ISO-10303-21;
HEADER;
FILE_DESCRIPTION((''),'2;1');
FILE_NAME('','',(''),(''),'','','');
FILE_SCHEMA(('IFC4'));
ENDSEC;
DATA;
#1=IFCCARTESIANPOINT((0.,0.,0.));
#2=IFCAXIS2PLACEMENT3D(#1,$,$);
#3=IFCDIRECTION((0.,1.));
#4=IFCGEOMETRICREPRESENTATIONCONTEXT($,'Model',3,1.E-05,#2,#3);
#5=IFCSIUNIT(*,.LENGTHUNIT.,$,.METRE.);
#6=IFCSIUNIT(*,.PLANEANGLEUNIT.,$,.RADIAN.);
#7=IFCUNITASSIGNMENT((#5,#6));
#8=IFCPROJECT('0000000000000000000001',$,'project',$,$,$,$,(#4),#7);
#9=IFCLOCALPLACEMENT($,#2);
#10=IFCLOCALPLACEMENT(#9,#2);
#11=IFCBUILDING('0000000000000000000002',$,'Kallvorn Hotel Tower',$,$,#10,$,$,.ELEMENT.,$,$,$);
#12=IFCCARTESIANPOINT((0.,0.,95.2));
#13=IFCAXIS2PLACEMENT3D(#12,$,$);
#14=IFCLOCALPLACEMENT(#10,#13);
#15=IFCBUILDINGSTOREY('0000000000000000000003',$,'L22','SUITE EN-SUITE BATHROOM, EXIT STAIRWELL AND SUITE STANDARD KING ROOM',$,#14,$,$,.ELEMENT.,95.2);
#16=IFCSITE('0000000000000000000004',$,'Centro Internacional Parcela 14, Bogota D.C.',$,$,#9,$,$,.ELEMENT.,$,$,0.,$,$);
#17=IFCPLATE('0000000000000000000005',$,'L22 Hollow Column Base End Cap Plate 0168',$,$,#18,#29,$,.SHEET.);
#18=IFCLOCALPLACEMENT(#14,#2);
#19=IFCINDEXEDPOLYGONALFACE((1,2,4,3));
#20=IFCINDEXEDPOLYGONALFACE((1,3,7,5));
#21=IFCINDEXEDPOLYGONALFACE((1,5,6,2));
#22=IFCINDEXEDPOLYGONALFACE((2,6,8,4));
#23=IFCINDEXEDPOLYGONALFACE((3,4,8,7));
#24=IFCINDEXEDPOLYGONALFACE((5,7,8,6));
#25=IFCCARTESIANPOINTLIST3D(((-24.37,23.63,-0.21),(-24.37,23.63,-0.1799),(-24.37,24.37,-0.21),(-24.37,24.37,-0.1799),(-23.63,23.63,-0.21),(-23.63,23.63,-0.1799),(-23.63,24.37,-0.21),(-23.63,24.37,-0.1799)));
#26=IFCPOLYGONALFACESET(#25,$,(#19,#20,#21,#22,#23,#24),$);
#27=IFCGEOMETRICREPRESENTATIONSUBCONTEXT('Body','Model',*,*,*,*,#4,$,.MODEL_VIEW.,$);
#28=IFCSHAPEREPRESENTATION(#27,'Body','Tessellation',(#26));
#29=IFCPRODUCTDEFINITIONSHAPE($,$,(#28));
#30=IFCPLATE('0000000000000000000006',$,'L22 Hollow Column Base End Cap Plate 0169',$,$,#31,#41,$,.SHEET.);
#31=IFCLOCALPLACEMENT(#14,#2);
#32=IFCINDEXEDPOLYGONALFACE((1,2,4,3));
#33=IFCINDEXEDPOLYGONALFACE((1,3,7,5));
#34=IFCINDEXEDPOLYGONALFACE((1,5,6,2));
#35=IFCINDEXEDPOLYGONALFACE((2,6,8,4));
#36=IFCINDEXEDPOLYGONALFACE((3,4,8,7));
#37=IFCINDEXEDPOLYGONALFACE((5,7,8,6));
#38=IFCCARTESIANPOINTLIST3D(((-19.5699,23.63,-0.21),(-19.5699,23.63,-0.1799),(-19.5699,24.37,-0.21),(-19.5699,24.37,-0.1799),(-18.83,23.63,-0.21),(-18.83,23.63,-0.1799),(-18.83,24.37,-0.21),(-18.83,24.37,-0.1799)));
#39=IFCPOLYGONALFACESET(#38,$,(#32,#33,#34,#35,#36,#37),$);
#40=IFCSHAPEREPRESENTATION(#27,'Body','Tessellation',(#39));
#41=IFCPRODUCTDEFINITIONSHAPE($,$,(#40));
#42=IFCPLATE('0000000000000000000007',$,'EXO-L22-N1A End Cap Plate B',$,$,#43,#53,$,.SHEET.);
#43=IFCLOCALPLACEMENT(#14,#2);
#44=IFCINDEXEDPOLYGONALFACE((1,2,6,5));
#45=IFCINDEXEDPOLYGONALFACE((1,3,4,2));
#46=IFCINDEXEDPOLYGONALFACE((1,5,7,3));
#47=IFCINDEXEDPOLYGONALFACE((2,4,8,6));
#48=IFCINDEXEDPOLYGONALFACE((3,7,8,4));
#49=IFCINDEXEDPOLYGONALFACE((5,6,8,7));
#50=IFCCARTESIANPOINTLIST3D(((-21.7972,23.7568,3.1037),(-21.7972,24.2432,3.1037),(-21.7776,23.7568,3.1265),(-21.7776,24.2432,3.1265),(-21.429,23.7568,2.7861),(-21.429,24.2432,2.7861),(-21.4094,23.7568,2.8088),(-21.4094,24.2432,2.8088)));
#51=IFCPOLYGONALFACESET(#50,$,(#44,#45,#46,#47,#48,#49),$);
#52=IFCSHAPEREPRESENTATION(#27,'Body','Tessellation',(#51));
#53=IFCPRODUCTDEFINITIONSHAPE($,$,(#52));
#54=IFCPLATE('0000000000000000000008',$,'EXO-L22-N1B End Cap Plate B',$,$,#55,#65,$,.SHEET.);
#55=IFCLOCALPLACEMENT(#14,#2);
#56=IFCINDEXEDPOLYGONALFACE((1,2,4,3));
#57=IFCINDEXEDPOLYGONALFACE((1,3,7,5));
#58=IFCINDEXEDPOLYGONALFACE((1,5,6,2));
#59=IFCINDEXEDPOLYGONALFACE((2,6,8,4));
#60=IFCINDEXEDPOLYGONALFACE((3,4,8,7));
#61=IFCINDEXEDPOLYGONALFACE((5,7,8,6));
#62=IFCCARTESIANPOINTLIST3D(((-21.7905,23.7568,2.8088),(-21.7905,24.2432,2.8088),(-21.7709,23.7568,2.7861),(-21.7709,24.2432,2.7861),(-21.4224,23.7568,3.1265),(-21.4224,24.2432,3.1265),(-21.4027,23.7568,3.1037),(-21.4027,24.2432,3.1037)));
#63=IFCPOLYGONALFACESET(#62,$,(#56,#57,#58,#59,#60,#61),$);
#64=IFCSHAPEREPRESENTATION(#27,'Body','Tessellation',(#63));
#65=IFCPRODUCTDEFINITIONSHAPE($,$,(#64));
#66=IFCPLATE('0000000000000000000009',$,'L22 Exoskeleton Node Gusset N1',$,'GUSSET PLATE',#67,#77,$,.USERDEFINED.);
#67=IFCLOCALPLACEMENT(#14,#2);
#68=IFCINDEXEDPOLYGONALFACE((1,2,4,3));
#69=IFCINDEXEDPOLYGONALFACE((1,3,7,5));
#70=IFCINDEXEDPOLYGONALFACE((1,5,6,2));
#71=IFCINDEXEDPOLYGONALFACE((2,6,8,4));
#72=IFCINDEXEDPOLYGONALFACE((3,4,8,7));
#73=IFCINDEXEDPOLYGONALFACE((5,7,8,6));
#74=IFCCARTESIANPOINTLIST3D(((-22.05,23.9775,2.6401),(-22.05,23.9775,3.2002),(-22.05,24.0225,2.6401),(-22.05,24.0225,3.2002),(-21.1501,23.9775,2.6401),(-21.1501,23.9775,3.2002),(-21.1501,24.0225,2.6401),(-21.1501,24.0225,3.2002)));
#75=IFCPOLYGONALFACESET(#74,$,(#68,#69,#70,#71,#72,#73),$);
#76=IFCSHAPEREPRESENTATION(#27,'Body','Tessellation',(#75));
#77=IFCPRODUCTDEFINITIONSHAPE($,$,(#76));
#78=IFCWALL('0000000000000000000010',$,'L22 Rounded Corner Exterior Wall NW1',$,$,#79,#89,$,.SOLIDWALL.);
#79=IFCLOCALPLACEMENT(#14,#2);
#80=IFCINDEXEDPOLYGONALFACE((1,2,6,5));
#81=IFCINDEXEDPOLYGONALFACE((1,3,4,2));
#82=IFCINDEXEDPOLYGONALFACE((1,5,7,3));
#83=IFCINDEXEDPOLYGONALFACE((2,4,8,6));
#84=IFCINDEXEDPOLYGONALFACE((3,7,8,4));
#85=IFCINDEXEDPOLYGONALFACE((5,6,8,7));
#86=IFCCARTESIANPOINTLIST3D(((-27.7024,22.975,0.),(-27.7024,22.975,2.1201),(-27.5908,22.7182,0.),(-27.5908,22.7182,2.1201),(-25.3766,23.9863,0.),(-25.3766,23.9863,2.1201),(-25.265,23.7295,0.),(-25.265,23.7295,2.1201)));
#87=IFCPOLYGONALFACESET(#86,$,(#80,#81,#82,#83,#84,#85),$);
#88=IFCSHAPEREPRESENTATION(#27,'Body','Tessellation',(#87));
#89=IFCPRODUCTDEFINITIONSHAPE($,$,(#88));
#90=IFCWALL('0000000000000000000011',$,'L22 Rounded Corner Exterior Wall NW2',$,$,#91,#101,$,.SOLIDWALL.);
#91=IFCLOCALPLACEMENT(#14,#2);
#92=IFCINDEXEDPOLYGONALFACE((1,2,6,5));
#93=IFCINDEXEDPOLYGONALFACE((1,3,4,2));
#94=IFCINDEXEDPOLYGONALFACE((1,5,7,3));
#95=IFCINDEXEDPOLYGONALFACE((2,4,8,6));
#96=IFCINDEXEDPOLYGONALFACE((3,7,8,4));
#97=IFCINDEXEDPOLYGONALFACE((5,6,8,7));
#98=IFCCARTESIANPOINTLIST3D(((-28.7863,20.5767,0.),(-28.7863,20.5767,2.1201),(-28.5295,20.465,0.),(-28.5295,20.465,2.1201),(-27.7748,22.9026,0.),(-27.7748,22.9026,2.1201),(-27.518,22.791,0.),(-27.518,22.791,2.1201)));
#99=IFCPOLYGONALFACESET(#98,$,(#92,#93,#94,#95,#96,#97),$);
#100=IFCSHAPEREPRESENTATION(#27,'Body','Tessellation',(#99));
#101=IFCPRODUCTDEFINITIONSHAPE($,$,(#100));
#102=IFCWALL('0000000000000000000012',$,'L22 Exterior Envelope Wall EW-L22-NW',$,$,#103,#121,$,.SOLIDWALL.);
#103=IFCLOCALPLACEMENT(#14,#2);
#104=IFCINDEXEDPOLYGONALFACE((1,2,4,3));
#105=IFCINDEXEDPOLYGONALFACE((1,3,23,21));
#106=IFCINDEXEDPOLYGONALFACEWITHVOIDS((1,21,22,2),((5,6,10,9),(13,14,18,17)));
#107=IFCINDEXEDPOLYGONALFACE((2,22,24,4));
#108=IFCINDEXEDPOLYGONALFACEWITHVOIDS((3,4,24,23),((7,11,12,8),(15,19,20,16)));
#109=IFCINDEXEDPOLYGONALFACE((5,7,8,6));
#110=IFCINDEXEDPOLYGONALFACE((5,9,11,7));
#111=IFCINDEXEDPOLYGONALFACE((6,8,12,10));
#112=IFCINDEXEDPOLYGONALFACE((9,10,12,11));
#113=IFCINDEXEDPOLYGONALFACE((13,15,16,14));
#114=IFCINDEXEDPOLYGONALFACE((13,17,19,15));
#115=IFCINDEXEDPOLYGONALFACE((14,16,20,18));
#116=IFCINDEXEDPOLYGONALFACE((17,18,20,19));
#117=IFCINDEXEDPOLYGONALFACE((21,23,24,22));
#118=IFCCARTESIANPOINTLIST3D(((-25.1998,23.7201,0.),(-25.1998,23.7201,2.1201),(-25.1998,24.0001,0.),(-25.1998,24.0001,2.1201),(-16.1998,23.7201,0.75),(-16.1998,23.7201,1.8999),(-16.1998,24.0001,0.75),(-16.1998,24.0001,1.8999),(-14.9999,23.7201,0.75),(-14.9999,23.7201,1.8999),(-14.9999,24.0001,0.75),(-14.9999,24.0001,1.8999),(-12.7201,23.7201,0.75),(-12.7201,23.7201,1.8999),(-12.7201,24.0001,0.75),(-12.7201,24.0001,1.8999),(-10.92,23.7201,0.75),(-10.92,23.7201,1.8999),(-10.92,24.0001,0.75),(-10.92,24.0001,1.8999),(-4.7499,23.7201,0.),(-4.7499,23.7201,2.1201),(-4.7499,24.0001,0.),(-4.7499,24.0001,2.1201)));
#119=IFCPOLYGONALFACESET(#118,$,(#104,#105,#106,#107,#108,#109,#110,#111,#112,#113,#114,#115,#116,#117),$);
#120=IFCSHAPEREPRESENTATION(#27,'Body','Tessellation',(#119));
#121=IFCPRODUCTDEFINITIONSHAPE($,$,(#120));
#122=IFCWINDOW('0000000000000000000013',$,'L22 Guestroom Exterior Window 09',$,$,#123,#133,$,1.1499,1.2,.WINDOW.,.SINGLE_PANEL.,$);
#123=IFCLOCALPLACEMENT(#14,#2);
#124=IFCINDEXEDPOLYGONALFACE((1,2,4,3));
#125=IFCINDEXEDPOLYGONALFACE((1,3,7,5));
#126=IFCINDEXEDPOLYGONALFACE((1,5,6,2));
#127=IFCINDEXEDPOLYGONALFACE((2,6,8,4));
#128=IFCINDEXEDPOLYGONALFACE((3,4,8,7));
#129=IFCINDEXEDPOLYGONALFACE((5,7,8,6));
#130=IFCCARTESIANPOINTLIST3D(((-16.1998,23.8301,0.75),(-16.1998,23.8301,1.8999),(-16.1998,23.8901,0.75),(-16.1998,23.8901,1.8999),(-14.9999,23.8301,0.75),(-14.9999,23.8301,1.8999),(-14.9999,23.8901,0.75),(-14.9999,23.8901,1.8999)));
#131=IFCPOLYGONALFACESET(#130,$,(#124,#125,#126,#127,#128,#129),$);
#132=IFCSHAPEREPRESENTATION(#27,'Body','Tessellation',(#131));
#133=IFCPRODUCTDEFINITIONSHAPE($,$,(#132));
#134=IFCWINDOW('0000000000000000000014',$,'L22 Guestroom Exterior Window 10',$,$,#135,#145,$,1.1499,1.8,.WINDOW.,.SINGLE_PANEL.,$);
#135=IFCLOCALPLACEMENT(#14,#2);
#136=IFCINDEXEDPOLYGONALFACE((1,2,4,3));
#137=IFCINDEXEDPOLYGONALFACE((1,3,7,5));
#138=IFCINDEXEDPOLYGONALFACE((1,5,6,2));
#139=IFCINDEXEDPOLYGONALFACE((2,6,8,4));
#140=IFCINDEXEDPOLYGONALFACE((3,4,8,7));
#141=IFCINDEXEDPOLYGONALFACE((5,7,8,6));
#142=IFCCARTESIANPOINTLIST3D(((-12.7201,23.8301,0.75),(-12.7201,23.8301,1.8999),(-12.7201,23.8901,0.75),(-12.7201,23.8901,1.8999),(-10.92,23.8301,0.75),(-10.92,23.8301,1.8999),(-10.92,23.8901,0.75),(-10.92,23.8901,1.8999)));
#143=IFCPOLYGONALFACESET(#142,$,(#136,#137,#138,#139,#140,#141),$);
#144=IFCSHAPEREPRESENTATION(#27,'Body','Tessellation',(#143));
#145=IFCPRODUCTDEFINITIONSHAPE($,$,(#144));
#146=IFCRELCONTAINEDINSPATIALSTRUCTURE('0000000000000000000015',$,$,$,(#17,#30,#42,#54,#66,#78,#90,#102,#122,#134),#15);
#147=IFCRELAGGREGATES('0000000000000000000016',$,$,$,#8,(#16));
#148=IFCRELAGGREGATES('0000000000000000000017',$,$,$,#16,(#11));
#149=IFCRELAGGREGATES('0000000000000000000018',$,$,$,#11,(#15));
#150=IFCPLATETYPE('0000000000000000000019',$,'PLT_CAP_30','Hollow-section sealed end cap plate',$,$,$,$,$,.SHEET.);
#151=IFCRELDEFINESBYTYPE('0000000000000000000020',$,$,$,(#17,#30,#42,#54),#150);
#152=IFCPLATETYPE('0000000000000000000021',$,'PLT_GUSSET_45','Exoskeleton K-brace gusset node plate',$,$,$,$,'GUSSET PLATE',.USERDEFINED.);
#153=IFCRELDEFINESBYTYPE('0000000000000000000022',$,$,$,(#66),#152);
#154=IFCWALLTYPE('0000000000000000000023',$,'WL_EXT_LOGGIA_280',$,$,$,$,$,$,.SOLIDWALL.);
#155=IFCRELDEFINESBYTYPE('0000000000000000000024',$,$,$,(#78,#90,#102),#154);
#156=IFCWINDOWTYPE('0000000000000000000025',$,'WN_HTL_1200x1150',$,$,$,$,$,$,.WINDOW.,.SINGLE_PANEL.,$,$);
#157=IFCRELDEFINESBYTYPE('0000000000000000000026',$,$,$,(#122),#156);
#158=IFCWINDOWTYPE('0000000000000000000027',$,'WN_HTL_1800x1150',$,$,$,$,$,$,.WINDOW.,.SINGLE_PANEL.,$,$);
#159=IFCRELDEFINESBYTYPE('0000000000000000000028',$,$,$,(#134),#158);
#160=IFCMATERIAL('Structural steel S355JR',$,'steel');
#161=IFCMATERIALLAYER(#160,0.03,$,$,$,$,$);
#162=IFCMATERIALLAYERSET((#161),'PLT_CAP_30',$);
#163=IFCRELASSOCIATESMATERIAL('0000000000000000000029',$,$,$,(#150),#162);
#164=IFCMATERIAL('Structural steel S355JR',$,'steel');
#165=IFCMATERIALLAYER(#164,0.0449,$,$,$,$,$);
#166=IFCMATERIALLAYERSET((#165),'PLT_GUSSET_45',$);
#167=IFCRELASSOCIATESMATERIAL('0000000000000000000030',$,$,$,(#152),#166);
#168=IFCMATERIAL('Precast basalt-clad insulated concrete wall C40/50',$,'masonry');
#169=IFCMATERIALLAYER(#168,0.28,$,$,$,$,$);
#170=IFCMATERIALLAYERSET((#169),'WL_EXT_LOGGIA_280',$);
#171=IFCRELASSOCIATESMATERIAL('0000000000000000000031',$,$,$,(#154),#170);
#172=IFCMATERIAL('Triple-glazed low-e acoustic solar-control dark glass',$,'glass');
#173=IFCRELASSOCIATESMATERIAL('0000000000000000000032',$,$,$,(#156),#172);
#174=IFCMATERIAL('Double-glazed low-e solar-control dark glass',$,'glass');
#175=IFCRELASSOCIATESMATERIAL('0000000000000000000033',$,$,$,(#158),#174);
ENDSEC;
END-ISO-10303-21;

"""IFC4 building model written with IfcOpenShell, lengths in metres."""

from ifc_helpers import new_model, si_unit, direction, frame, frame_2d, origin, origin_2d, place, context, subcontext, project, spatial, polyline, rectangle, outline, extrude, material, layer, layer_set, type_object, element, fill, save


model = new_model("IFC4")

# Units and contexts
model_context = context("Model", 3, precision=1e-05, world=origin(), true_north=direction((0.0, 1.0)))
body_context = subcontext(model_context, "Body", "Model", "MODEL_VIEW")
ifc_project = project(units=[si_unit("LENGTHUNIT", "METRE"), si_unit("PLANEANGLEUNIT", "RADIAN")], contexts=[model_context])

# Site, building, storey
site_placement = place(None, origin())
site = spatial("IfcSite", under=ifc_project, at=site_placement, Name="Centro Internacional Parcela 14, Bogota D.C.", CompositionType="ELEMENT", RefElevation=0.0)
building_placement = place(site_placement, origin())
building = spatial("IfcBuilding", under=site, at=building_placement, Name="Kallvorn Hotel Tower", CompositionType="ELEMENT")
storey_placement = place(building_placement, frame((0.0, 0.0, 95.2)))
storey = spatial("IfcBuildingStorey", under=building, at=storey_placement, Name="L22", Description="SUITE EN-SUITE BATHROOM, EXIT STAIRWELL AND SUITE STANDARD KING ROOM", CompositionType="ELEMENT", Elevation=95.2)

# Plates
ifc_material_1 = material(Name="Structural steel S355JR", Category="steel")
ifc_layer_1 = layer(ifc_material_1, 0.03)
ifc_layer_set_1 = layer_set([ifc_layer_1], Name="PLT_CAP_30")
plate_type_1 = type_object("IfcPlateType", Name="PLT_CAP_30", Description="Hollow-section sealed end cap plate", PredefinedType="SHEET", material=ifc_layer_set_1)
for number, where, z_axis, x_axis, name in (
    (1, (-24.0, 24.0, -0.21), (0.0, 0.0, 1.0), (1.0, 0.0, 0.0), "L22 Hollow Column Base End Cap Plate 0168"),
    (2, (-19.2, 24.0, -0.21), (0.0, 0.0, 1.0), (1.0, 0.0, 0.0), "L22 Hollow Column Base End Cap Plate 0169"),
):
    element("IfcPlate", number, at=place(storey_placement, frame(where, z_axis=z_axis, x_axis=x_axis)), inside=storey, type_object=plate_type_1, Name=name, PredefinedType="SHEET", context=body_context, shape_type="SweptSolid", body=[
        extrude(rectangle(XDim=0.74, YDim=0.74, at=origin_2d()), origin(), (0.0, 0.0, 1.0), 0.03),
    ])
for number, where, z_axis, x_axis, name in (
    (3, (-21.4094, 23.7568, 2.8088), (0.653228, 0.0, 0.757162), (0.0, 1.0, 0.0), "EXO-L22-N1A End Cap Plate B"),
    (4, (-21.7905, 24.2432, 2.8088), (-0.653228, 0.0, 0.757162), (0.0, -1.0, 0.0), "EXO-L22-N1B End Cap Plate B"),
):
    element("IfcPlate", number, at=place(storey_placement, frame(where, z_axis=z_axis, x_axis=x_axis)), inside=storey, type_object=plate_type_1, Name=name, PredefinedType="SHEET", context=body_context, shape_type="SweptSolid", body=[
        extrude(outline(polyline([(0.0, 0.0), (0.4863, 0.0), (0.4863, 0.4862), (0.0, 0.4862), (0.0, 0.0)])), origin(), (0.0, 0.0, -1.0), 0.03),
    ])
ifc_material_2 = material(Name="Structural steel S355JR", Category="steel")
ifc_layer_2 = layer(ifc_material_2, 0.0449)
ifc_layer_set_2 = layer_set([ifc_layer_2], Name="PLT_GUSSET_45")
plate_type_2 = type_object("IfcPlateType", Name="PLT_GUSSET_45", Description="Exoskeleton K-brace gusset node plate", ElementType="GUSSET PLATE", PredefinedType="USERDEFINED", material=ifc_layer_set_2)
plate_1_placement = place(storey_placement, frame((-21.6001, 24.0, 2.6401), z_axis=(0.0, 0.0, 1.0), x_axis=(1.0, 0.0, 0.0)))
element("IfcPlate", 5, at=plate_1_placement, inside=storey, type_object=plate_type_2, Name="L22 Exoskeleton Node Gusset N1", ObjectType="GUSSET PLATE", PredefinedType="USERDEFINED", context=body_context, shape_type="SweptSolid", body=[
    extrude(rectangle(XDim=0.8999, YDim=0.0449, at=origin_2d()), origin(), (0.0, 0.0, 1.0), 0.5601),
])

# Walls
ifc_material_3 = material(Name="Precast basalt-clad insulated concrete wall C40/50", Category="masonry")
ifc_layer_3 = layer(ifc_material_3, 0.28)
ifc_layer_set_3 = layer_set([ifc_layer_3], Name="WL_EXT_LOGGIA_280")
wall_type = type_object("IfcWallType", Name="WL_EXT_LOGGIA_280", PredefinedType="SOLIDWALL", material=ifc_layer_set_3)
wall_1_placement = place(storey_placement, frame((-25.3208, 23.8579, 0.0), z_axis=(0.0, 0.0, 1.0), x_axis=(-0.917061, -0.398747, 0.0)))
element("IfcWall", 6, at=wall_1_placement, inside=storey, type_object=wall_type, Name="L22 Rounded Corner Exterior Wall NW1", PredefinedType="SOLIDWALL", context=body_context, shape_type="SweptSolid", body=[
    extrude(rectangle(XDim=2.5361, YDim=0.28, at=frame_2d((1.2681, 0.0))), origin(), (0.0, 0.0, 1.0), 2.1201),
])
wall_2_placement = place(storey_placement, frame((-27.6465, 22.8467, 0.0), z_axis=(0.0, 0.0, 1.0), x_axis=(-0.398793, -0.917041, 0.0)))
element("IfcWall", 7, at=wall_2_placement, inside=storey, type_object=wall_type, Name="L22 Rounded Corner Exterior Wall NW2", PredefinedType="SOLIDWALL", context=body_context, shape_type="SweptSolid", body=[
    extrude(rectangle(XDim=2.5364, YDim=0.28, at=frame_2d((1.2681, 0.0))), origin(), (0.0, 0.0, 1.0), 2.1201),
])

# Wall, openings, windows
wall_3_placement = place(storey_placement, frame((-25.2, 23.8601, 0.0), z_axis=(0.0, 0.0, 1.0), x_axis=(1.0, 0.0, 0.0)))
wall_3 = element("IfcWall", 8, at=wall_3_placement, inside=storey, type_object=wall_type, Name="L22 Exterior Envelope Wall EW-L22-NW", PredefinedType="SOLIDWALL", context=body_context, shape_type="SweptSolid", body=[
    extrude(rectangle(XDim=20.45, YDim=0.28, at=frame_2d((10.2251, 0.0))), origin(), (0.0, 0.0, 1.0), 2.1201),
])
opening_1_placement = place(wall_3_placement, frame((9.0, 0.0, 0.75)))
opening_1 = element("IfcOpeningElement", 9, at=opening_1_placement, cuts=wall_3, PredefinedType="OPENING", context=body_context, shape_type="SweptSolid", body=[
    extrude(rectangle(XDim=1.2, YDim=1.1499, at=frame_2d((0.6001, 0.575))), frame((0.0, 0.155, 0.0), z_axis=(0.0, -1.0, 0.0), x_axis=(1.0, 0.0, 0.0)), (0.0, 0.0, 1.0), 0.3101),
])
opening_2_placement = place(wall_3_placement, frame((12.48, 0.0, 0.75)))
opening_2 = element("IfcOpeningElement", 10, at=opening_2_placement, cuts=wall_3, PredefinedType="OPENING", context=body_context, shape_type="SweptSolid", body=[
    extrude(rectangle(XDim=1.8, YDim=1.1499, at=frame_2d((0.8999, 0.575))), frame((0.0, 0.155, 0.0), z_axis=(0.0, -1.0, 0.0), x_axis=(1.0, 0.0, 0.0)), (0.0, 0.0, 1.0), 0.3101),
])
ifc_material_4 = material(Name="Triple-glazed low-e acoustic solar-control dark glass", Category="glass")
window_type_1 = type_object("IfcWindowType", Name="WN_HTL_1200x1150", PartitioningType="SINGLE_PANEL", PredefinedType="WINDOW", material=ifc_material_4)
window_1_placement = place(opening_1_placement, origin())
window_1 = element("IfcWindow", 11, at=window_1_placement, inside=storey, type_object=window_type_1, Name="L22 Guestroom Exterior Window 09", OverallHeight=1.1499, OverallWidth=1.2, PartitioningType="SINGLE_PANEL", PredefinedType="WINDOW", context=body_context, shape_type="SweptSolid", body=[
    extrude(rectangle(XDim=1.2, YDim=1.1499, at=frame_2d((0.6001, 0.575))), frame((0.0, 0.03, 0.0), z_axis=(0.0, -1.0, 0.0), x_axis=(1.0, 0.0, 0.0)), (0.0, 0.0, 1.0), 0.0601),
])
fill(opening_1, window_1)
ifc_material_5 = material(Name="Double-glazed low-e solar-control dark glass", Category="glass")
window_type_2 = type_object("IfcWindowType", Name="WN_HTL_1800x1150", PartitioningType="SINGLE_PANEL", PredefinedType="WINDOW", material=ifc_material_5)
window_2_placement = place(opening_2_placement, origin())
window_2 = element("IfcWindow", 12, at=window_2_placement, inside=storey, type_object=window_type_2, Name="L22 Guestroom Exterior Window 10", OverallHeight=1.1499, OverallWidth=1.8, PartitioningType="SINGLE_PANEL", PredefinedType="WINDOW", context=body_context, shape_type="SweptSolid", body=[
    extrude(rectangle(XDim=1.8, YDim=1.1499, at=frame_2d((0.8999, 0.575))), frame((0.0, 0.03, 0.0), z_axis=(0.0, -1.0, 0.0), x_axis=(1.0, 0.0, 0.0)), (0.0, 0.0, 1.0), 0.0601),
])
fill(opening_2, window_2)

save(model, "model.ifc")
